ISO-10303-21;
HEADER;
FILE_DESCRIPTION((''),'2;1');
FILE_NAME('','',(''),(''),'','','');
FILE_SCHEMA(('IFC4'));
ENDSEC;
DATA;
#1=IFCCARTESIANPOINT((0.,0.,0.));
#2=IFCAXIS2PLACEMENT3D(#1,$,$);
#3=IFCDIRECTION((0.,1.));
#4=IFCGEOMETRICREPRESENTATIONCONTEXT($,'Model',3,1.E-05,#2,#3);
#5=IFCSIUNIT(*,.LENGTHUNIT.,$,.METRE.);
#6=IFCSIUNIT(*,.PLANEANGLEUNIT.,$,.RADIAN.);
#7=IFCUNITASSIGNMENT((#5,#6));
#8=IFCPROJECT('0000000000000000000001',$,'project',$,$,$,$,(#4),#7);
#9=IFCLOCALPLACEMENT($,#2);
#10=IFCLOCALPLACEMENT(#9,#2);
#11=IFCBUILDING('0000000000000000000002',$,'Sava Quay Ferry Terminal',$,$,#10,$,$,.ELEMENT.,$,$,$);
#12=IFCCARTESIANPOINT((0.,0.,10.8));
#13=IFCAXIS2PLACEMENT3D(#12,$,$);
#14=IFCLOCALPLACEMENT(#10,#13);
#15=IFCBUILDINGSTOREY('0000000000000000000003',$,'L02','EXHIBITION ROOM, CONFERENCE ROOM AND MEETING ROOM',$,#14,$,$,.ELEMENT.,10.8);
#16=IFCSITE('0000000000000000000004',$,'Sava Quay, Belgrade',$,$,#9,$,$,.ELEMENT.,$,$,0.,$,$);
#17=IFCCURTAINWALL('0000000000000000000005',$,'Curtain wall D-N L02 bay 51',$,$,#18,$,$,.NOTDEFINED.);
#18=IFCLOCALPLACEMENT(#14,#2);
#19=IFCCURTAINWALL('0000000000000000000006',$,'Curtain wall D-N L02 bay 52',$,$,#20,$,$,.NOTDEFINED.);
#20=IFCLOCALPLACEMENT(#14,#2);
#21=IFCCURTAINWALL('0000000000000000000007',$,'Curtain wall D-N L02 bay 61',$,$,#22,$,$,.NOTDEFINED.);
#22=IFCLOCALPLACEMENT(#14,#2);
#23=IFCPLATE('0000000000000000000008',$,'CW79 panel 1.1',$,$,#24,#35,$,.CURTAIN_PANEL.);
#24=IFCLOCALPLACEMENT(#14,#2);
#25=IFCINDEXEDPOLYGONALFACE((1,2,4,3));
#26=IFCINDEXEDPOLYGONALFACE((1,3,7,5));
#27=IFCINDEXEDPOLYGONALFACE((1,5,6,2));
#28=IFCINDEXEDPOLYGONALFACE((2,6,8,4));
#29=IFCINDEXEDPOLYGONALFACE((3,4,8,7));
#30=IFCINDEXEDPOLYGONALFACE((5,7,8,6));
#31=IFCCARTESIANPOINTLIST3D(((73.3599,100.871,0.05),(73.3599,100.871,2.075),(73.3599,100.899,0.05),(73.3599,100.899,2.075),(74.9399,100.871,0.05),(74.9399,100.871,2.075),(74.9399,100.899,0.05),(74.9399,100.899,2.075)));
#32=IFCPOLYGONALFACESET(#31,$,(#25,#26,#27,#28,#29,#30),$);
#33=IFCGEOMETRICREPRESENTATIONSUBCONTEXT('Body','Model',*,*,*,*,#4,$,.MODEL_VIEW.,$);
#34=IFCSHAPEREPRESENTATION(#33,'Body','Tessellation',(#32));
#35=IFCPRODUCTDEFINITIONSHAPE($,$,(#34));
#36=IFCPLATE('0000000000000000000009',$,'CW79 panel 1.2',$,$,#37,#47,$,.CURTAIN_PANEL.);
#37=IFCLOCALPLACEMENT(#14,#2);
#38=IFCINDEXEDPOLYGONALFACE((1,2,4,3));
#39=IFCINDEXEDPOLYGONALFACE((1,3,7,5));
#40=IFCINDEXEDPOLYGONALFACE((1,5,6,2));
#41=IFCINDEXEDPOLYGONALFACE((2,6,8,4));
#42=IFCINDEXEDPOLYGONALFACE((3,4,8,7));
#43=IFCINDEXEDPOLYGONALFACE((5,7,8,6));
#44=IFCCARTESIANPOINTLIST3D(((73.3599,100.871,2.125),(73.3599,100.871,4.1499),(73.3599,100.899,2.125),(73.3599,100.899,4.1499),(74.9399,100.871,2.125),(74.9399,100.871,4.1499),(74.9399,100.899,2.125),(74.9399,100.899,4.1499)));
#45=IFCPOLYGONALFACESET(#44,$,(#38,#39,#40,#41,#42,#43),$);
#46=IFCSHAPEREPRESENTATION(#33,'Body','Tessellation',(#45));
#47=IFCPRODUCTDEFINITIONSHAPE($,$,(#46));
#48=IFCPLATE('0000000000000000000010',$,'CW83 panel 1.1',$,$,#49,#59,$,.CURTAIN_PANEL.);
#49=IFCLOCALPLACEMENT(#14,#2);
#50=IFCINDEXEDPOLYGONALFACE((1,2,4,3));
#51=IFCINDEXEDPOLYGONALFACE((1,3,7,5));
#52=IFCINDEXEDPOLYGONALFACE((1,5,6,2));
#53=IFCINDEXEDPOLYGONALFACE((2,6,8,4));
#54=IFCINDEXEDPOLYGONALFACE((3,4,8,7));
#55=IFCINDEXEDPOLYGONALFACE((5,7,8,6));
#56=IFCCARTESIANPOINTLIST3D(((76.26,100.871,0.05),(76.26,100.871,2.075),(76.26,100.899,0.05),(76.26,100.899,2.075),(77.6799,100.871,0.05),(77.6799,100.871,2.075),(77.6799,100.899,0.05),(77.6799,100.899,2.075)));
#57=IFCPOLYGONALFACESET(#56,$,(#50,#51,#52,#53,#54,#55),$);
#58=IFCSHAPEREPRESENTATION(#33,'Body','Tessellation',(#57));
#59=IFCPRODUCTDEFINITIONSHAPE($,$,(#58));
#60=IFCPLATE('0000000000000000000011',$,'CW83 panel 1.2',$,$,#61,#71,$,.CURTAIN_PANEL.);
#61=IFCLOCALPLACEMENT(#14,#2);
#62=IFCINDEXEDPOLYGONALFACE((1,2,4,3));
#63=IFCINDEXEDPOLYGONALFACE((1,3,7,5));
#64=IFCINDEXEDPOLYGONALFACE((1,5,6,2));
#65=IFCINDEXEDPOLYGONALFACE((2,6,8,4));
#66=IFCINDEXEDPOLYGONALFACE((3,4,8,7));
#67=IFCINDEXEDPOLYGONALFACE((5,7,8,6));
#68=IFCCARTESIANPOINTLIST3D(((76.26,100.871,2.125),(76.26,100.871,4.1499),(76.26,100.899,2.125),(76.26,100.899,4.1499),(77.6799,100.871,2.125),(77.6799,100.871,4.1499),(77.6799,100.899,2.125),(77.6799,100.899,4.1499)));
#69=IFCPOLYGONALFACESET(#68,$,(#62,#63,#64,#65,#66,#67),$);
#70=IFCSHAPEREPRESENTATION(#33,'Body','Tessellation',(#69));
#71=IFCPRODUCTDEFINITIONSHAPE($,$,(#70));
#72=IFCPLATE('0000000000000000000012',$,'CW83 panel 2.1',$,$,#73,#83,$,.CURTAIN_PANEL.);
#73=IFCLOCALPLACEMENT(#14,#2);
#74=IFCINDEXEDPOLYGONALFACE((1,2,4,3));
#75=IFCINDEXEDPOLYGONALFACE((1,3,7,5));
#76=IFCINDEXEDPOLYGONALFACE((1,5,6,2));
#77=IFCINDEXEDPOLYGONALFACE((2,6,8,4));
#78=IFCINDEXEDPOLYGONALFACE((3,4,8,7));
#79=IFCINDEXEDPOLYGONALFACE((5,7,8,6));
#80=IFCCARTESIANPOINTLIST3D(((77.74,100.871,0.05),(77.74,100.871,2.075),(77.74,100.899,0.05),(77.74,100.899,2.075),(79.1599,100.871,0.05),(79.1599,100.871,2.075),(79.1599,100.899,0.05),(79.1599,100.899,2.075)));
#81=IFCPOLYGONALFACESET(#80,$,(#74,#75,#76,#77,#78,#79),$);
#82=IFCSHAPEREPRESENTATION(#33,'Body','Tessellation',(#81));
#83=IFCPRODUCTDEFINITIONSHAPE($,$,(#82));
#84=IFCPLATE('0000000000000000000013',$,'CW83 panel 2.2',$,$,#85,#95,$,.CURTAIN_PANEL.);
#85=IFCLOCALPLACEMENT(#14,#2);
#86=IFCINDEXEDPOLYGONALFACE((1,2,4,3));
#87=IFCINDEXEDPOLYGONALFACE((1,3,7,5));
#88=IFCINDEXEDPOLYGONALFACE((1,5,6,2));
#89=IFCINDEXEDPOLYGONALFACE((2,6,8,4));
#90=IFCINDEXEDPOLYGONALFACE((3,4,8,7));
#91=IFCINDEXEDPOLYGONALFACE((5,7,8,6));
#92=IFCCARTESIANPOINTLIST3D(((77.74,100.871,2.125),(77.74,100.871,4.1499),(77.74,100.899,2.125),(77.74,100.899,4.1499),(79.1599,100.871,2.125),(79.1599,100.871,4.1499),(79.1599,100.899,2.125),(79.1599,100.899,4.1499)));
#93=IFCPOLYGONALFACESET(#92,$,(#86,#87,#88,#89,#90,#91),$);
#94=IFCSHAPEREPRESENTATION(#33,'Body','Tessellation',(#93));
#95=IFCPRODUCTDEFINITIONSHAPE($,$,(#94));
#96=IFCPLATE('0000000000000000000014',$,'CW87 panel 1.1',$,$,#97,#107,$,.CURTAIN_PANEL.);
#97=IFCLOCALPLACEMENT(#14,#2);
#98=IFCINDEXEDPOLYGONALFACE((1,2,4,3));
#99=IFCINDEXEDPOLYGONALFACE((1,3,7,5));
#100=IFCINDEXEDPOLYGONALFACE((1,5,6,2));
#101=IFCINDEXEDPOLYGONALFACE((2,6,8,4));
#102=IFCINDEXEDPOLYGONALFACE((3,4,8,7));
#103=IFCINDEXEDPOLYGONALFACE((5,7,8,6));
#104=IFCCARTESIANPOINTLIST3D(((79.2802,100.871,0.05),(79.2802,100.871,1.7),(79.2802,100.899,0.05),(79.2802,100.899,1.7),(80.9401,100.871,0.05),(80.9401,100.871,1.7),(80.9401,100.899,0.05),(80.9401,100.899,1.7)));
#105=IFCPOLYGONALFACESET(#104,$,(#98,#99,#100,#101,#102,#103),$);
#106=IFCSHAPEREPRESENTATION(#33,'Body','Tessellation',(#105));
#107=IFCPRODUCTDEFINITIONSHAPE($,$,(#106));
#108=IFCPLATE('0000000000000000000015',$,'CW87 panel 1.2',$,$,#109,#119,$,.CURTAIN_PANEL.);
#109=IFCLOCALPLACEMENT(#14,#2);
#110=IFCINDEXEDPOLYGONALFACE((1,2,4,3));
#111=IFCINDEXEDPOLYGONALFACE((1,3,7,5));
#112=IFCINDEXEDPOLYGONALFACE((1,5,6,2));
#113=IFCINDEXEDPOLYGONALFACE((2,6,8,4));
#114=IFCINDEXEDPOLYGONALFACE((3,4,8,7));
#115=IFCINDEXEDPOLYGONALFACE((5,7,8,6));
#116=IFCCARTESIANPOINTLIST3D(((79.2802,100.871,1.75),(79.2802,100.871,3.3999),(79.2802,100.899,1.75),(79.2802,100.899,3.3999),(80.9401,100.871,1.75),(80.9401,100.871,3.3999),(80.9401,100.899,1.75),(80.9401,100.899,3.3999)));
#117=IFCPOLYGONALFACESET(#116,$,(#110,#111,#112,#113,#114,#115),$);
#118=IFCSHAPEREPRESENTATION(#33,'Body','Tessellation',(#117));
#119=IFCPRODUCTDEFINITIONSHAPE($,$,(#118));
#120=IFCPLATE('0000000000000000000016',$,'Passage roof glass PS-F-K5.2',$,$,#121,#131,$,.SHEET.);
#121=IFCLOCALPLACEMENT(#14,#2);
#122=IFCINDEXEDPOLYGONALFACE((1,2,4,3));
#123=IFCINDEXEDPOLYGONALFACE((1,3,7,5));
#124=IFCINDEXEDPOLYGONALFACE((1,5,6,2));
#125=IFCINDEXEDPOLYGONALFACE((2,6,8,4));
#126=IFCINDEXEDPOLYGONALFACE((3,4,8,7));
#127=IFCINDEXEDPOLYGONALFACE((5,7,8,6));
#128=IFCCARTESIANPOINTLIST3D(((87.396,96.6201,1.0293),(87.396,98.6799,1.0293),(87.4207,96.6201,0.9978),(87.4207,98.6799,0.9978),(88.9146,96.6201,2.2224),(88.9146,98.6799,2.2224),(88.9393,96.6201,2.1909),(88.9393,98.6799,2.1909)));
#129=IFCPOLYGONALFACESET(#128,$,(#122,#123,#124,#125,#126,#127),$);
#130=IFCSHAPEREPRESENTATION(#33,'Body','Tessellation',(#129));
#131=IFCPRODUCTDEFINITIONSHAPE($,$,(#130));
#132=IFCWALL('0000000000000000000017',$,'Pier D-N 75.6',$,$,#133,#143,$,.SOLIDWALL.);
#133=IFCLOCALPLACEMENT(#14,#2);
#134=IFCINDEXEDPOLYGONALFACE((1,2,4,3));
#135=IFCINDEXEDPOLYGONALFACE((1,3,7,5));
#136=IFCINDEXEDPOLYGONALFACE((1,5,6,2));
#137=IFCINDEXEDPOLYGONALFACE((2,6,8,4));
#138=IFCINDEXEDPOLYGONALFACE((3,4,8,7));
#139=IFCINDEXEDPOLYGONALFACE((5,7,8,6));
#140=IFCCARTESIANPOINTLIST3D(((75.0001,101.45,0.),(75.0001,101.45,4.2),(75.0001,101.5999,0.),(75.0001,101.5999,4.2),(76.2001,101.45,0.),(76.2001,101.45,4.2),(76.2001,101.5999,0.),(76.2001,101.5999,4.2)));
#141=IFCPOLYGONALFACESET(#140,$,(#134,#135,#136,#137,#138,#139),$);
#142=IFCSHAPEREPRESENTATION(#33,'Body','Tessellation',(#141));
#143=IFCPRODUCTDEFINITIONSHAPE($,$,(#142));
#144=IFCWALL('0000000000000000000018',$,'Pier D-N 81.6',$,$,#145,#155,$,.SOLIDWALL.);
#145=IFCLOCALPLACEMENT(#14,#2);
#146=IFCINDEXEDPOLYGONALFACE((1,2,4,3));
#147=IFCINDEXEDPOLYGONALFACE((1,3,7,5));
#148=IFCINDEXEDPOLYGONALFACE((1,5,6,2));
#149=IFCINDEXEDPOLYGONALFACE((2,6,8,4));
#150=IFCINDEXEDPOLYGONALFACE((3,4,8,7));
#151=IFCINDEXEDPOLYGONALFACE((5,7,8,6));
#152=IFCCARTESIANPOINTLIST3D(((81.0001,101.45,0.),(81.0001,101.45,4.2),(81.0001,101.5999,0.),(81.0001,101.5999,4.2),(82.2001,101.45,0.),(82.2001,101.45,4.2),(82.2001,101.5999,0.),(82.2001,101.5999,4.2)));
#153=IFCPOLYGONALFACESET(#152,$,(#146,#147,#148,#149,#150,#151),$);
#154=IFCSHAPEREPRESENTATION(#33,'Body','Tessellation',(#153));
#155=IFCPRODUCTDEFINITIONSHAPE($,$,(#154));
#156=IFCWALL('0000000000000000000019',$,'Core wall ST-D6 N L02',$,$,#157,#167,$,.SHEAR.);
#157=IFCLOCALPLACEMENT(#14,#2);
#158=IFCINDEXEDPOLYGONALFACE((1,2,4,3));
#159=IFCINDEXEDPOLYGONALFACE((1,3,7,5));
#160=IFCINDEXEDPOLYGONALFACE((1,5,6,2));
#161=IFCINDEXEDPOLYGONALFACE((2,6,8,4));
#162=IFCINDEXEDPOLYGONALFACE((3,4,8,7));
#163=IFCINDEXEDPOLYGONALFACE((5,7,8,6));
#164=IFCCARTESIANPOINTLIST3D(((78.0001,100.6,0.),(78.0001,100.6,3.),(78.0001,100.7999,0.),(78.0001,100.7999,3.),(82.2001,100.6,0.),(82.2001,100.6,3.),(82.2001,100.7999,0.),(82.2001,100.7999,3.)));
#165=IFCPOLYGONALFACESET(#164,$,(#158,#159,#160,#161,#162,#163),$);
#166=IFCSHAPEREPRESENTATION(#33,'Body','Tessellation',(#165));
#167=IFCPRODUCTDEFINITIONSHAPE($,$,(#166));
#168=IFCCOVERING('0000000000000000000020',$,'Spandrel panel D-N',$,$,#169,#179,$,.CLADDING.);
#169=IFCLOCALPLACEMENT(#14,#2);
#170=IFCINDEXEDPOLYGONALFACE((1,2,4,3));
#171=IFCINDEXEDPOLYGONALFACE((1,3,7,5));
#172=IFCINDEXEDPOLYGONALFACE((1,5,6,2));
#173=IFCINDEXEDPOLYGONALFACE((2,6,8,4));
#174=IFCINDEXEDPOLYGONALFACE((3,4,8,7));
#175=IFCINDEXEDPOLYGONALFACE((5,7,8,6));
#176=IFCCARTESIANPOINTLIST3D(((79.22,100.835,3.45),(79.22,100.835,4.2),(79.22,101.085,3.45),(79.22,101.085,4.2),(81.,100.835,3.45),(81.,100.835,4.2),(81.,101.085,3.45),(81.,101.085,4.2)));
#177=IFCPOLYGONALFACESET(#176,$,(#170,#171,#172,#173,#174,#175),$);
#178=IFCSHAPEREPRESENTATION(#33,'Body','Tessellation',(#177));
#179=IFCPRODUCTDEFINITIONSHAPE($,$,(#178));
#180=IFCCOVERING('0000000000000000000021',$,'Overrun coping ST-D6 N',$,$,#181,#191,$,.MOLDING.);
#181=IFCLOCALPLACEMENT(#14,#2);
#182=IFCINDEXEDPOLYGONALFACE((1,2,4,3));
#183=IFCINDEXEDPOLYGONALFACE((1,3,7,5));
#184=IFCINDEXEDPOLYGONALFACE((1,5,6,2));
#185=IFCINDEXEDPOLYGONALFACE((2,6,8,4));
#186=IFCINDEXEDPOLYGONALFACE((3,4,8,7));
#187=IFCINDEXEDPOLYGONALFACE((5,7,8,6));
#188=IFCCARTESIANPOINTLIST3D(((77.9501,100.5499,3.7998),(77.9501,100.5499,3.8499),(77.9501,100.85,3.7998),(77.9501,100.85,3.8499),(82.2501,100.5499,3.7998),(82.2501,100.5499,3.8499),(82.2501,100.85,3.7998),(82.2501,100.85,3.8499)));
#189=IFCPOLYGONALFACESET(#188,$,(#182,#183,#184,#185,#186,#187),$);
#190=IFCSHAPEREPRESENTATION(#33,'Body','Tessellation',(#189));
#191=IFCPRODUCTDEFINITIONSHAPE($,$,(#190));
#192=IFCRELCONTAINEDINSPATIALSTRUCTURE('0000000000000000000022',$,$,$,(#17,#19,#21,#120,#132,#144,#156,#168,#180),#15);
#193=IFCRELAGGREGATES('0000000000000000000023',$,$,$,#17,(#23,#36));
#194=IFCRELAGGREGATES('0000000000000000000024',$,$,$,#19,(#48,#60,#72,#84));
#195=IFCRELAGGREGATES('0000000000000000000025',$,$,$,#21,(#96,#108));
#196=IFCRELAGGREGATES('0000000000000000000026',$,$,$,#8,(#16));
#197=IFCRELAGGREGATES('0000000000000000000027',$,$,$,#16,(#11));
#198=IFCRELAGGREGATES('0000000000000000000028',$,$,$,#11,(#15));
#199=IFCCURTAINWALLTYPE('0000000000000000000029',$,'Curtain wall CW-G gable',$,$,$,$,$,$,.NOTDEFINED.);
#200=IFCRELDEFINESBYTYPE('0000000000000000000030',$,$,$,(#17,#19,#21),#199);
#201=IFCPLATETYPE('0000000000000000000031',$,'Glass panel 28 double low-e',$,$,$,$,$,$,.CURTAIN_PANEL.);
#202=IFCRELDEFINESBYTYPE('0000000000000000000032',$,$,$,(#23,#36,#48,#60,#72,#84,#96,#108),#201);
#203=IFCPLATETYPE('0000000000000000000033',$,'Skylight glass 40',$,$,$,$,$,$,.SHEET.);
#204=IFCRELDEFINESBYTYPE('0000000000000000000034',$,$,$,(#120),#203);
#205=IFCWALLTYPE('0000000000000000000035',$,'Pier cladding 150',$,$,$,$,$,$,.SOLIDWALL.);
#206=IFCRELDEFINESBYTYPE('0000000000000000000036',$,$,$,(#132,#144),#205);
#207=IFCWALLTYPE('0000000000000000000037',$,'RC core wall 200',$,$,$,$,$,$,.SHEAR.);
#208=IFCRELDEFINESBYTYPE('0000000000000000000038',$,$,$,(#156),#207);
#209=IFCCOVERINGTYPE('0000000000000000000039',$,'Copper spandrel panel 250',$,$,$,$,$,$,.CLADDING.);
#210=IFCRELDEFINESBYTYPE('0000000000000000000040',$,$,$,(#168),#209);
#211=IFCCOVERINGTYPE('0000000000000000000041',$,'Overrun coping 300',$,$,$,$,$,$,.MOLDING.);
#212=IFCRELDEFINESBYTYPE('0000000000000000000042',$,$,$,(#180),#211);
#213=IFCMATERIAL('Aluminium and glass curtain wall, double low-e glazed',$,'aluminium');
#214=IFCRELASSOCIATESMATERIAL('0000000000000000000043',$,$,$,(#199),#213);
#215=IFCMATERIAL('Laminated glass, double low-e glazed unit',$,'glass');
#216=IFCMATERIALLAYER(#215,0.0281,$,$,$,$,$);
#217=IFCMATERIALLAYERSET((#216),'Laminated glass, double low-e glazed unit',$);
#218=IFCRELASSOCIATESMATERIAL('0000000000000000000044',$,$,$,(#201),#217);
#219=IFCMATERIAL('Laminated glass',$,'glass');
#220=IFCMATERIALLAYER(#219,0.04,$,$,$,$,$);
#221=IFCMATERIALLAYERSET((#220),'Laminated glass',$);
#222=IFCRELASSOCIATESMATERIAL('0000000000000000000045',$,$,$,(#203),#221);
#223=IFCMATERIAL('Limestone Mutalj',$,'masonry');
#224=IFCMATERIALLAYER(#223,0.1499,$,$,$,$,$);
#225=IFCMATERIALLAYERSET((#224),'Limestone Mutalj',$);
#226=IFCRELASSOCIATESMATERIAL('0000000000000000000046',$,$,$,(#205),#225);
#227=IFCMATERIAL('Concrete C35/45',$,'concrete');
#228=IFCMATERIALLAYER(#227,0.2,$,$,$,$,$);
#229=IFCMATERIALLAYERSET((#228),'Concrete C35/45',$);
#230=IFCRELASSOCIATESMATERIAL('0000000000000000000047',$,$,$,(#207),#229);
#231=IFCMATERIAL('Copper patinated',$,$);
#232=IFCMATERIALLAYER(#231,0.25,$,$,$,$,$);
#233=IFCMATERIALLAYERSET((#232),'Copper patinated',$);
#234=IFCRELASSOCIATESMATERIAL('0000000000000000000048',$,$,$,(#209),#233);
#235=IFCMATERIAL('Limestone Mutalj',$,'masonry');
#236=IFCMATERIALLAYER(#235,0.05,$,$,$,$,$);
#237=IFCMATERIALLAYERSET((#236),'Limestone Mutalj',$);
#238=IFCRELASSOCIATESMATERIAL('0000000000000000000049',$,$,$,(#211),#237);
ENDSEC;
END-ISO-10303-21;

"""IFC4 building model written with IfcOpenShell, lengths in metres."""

from ifc_helpers import new_model, si_unit, direction, frame, frame_2d, origin, origin_2d, place, context, subcontext, project, spatial, polyline, rectangle, outline, extrude, material, layer, layer_set, type_object, element, aggregate, save


model = new_model("IFC4")

# Units and contexts
model_context = context("Model", 3, precision=1e-05, world=origin(), true_north=direction((0.0, 1.0)))
body_context = subcontext(model_context, "Body", "Model", "MODEL_VIEW")
ifc_project = project(units=[si_unit("LENGTHUNIT", "METRE"), si_unit("PLANEANGLEUNIT", "RADIAN")], contexts=[model_context])

# Site, building, storey
site_placement = place(None, origin())
site = spatial("IfcSite", under=ifc_project, at=site_placement, Name="Sava Quay, Belgrade", CompositionType="ELEMENT", RefElevation=0.0)
building_placement = place(site_placement, origin())
building = spatial("IfcBuilding", under=site, at=building_placement, Name="Sava Quay Ferry Terminal", CompositionType="ELEMENT")
storey_placement = place(building_placement, frame((0.0, 0.0, 10.8)))
storey = spatial("IfcBuildingStorey", under=building, at=storey_placement, Name="L02", Description="EXHIBITION ROOM, CONFERENCE ROOM AND MEETING ROOM", CompositionType="ELEMENT", Elevation=10.8)

# Curtain wall
ifc_material_1 = material(Name="Aluminium and glass curtain wall, double low-e glazed", Category="aluminium")
curtain_wall_type = type_object("IfcCurtainWallType", Name="Curtain wall CW-G gable", PredefinedType="NOTDEFINED", material=ifc_material_1)
curtain_wall_1_placement = place(storey_placement, origin())
curtain_wall_1 = element("IfcCurtainWall", 1, at=curtain_wall_1_placement, inside=storey, type_object=curtain_wall_type, Name="Curtain wall D-N L02 bay 51", PredefinedType="NOTDEFINED")

# Curtain walls
curtain_wall_2_placement = place(storey_placement, origin())
curtain_wall_2 = element("IfcCurtainWall", 2, at=curtain_wall_2_placement, inside=storey, type_object=curtain_wall_type, Name="Curtain wall D-N L02 bay 52", PredefinedType="NOTDEFINED")
curtain_wall_3_placement = place(storey_placement, origin())
curtain_wall_3 = element("IfcCurtainWall", 3, at=curtain_wall_3_placement, inside=storey, type_object=curtain_wall_type, Name="Curtain wall D-N L02 bay 61", PredefinedType="NOTDEFINED")

# Plates
ifc_material_2 = material(Name="Laminated glass, double low-e glazed unit", Category="glass")
ifc_layer_1 = layer(ifc_material_2, 0.0281)
ifc_layer_set_1 = layer_set([ifc_layer_1], Name="Laminated glass, double low-e glazed unit")
plate_type_1 = type_object("IfcPlateType", Name="Glass panel 28 double low-e", PredefinedType="CURTAIN_PANEL", material=ifc_layer_set_1)
plate_1_placement = place(storey_placement, frame((74.1499, 100.885, 0.05), z_axis=(0.0, 0.0, 1.0), x_axis=(1.0, 0.0, 0.0)))
plate_1 = element("IfcPlate", 4, at=plate_1_placement, type_object=plate_type_1, Name="CW79 panel 1.1", PredefinedType="CURTAIN_PANEL", context=body_context, shape_type="SweptSolid", body=[
    extrude(rectangle(XDim=1.5801, YDim=0.0281, at=origin_2d()), origin(), (0.0, 0.0, 1.0), 2.0249),
])
plate_2_placement = place(storey_placement, frame((74.1499, 100.885, 2.125), z_axis=(0.0, 0.0, 1.0), x_axis=(1.0, 0.0, 0.0)))
plate_2 = element("IfcPlate", 5, at=plate_2_placement, type_object=plate_type_1, Name="CW79 panel 1.2", PredefinedType="CURTAIN_PANEL", context=body_context, shape_type="SweptSolid", body=[
    extrude(rectangle(XDim=1.5801, YDim=0.0281, at=origin_2d()), origin(), (0.0, 0.0, 1.0), 2.0249),
])
aggregate(curtain_wall_1, [plate_1, plate_2])
plate_3_placement = place(storey_placement, frame((76.97, 100.885, 0.05), z_axis=(0.0, 0.0, 1.0), x_axis=(1.0, 0.0, 0.0)))
plate_3 = element("IfcPlate", 6, at=plate_3_placement, type_object=plate_type_1, Name="CW83 panel 1.1", PredefinedType="CURTAIN_PANEL", context=body_context, shape_type="SweptSolid", body=[
    extrude(rectangle(XDim=1.4199, YDim=0.0281, at=origin_2d()), origin(), (0.0, 0.0, 1.0), 2.0249),
])
plate_4_placement = place(storey_placement, frame((76.97, 100.885, 2.125), z_axis=(0.0, 0.0, 1.0), x_axis=(1.0, 0.0, 0.0)))
plate_4 = element("IfcPlate", 7, at=plate_4_placement, type_object=plate_type_1, Name="CW83 panel 1.2", PredefinedType="CURTAIN_PANEL", context=body_context, shape_type="SweptSolid", body=[
    extrude(rectangle(XDim=1.4199, YDim=0.0281, at=origin_2d()), origin(), (0.0, 0.0, 1.0), 2.0249),
])
plate_5_placement = place(storey_placement, frame((78.45, 100.885, 0.05), z_axis=(0.0, 0.0, 1.0), x_axis=(1.0, 0.0, 0.0)))
plate_5 = element("IfcPlate", 8, at=plate_5_placement, type_object=plate_type_1, Name="CW83 panel 2.1", PredefinedType="CURTAIN_PANEL", context=body_context, shape_type="SweptSolid", body=[
    extrude(rectangle(XDim=1.4199, YDim=0.0281, at=origin_2d()), origin(), (0.0, 0.0, 1.0), 2.0249),
])
plate_6_placement = place(storey_placement, frame((78.45, 100.885, 2.125), z_axis=(0.0, 0.0, 1.0), x_axis=(1.0, 0.0, 0.0)))
plate_6 = element("IfcPlate", 9, at=plate_6_placement, type_object=plate_type_1, Name="CW83 panel 2.2", PredefinedType="CURTAIN_PANEL", context=body_context, shape_type="SweptSolid", body=[
    extrude(rectangle(XDim=1.4199, YDim=0.0281, at=origin_2d()), origin(), (0.0, 0.0, 1.0), 2.0249),
])
aggregate(curtain_wall_2, [plate_3, plate_4, plate_5, plate_6])
plate_7_placement = place(storey_placement, frame((80.1101, 100.885, 0.05), z_axis=(0.0, 0.0, 1.0), x_axis=(1.0, 0.0, 0.0)))
plate_7 = element("IfcPlate", 10, at=plate_7_placement, type_object=plate_type_1, Name="CW87 panel 1.1", PredefinedType="CURTAIN_PANEL", context=body_context, shape_type="SweptSolid", body=[
    extrude(rectangle(XDim=1.6599, YDim=0.0281, at=origin_2d()), origin(), (0.0, 0.0, 1.0), 1.6499),
])
plate_8_placement = place(storey_placement, frame((80.1101, 100.885, 1.75), z_axis=(0.0, 0.0, 1.0), x_axis=(1.0, 0.0, 0.0)))
plate_8 = element("IfcPlate", 11, at=plate_8_placement, type_object=plate_type_1, Name="CW87 panel 1.2", PredefinedType="CURTAIN_PANEL", context=body_context, shape_type="SweptSolid", body=[
    extrude(rectangle(XDim=1.6599, YDim=0.0281, at=origin_2d()), origin(), (0.0, 0.0, 1.0), 1.6499),
])
aggregate(curtain_wall_3, [plate_7, plate_8])
ifc_material_3 = material(Name="Laminated glass", Category="glass")
ifc_layer_2 = layer(ifc_material_3, 0.04)
ifc_layer_set_2 = layer_set([ifc_layer_2], Name="Laminated glass")
plate_type_2 = type_object("IfcPlateType", Name="Skylight glass 40", PredefinedType="SHEET", material=ifc_layer_set_2)
plate_9_placement = place(storey_placement, frame((87.396, 98.6799, 1.0293), z_axis=(-0.61781, 0.0, 0.786327), x_axis=(0.786327, 0.0, 0.61781)))
element("IfcPlate", 12, at=plate_9_placement, inside=storey, type_object=plate_type_2, Name="Passage roof glass PS-F-K5.2", PredefinedType="SHEET", context=body_context, shape_type="SweptSolid", body=[
    extrude(outline(polyline([(0.0, 0.0), (1.9312, 0.0), (1.9312, -2.0598), (0.0, -2.0598), (0.0, 0.0)])), origin(), (0.0, 0.0, -1.0), 0.04),
])

# Walls
ifc_material_4 = material(Name="Limestone Mutalj", Category="masonry")
ifc_layer_3 = layer(ifc_material_4, 0.1499)
ifc_layer_set_3 = layer_set([ifc_layer_3], Name="Limestone Mutalj")
wall_type_1 = type_object("IfcWallType", Name="Pier cladding 150", PredefinedType="SOLIDWALL", material=ifc_layer_set_3)
for number, where, z_axis, x_axis, name in (
    (13, (75.0, 101.5249, 0.0), (0.0, 0.0, 1.0), (1.0, 0.0, 0.0), "Pier D-N 75.6"),
    (14, (81.0, 101.5249, 0.0), (0.0, 0.0, 1.0), (1.0, 0.0, 0.0), "Pier D-N 81.6"),
):
    element("IfcWall", number, at=place(storey_placement, frame(where, z_axis=z_axis, x_axis=x_axis)), inside=storey, type_object=wall_type_1, Name=name, PredefinedType="SOLIDWALL", context=body_context, shape_type="SweptSolid", body=[
        extrude(rectangle(XDim=1.2, YDim=0.1499, at=frame_2d((0.6001, 0.0))), origin(), (0.0, 0.0, 1.0), 4.2),
    ])
ifc_material_5 = material(Name="Concrete C35/45", Category="concrete")
ifc_layer_4 = layer(ifc_material_5, 0.2)
ifc_layer_set_4 = layer_set([ifc_layer_4], Name="Concrete C35/45")
wall_type_2 = type_object("IfcWallType", Name="RC core wall 200", PredefinedType="SHEAR", material=ifc_layer_set_4)
wall_placement = place(storey_placement, frame((78.0, 100.7, 0.0), z_axis=(0.0, 0.0, 1.0), x_axis=(1.0, 0.0, 0.0)))
element("IfcWall", 15, at=wall_placement, inside=storey, type_object=wall_type_2, Name="Core wall ST-D6 N L02", PredefinedType="SHEAR", context=body_context, shape_type="SweptSolid", body=[
    extrude(rectangle(XDim=4.2, YDim=0.2, at=frame_2d((2.1001, 0.0))), origin(), (0.0, 0.0, 1.0), 3.0),
])

# Coverings
ifc_material_6 = material(Name="Copper patinated")
ifc_layer_5 = layer(ifc_material_6, 0.25)
ifc_layer_set_5 = layer_set([ifc_layer_5], Name="Copper patinated")
covering_type_1 = type_object("IfcCoveringType", Name="Copper spandrel panel 250", PredefinedType="CLADDING", material=ifc_layer_set_5)
covering_1_placement = place(storey_placement, frame((79.22, 100.96, 3.45), z_axis=(0.0, 0.0, 1.0), x_axis=(1.0, 0.0, 0.0)))
element("IfcCovering", 16, at=covering_1_placement, inside=storey, type_object=covering_type_1, Name="Spandrel panel D-N", PredefinedType="CLADDING", context=body_context, shape_type="SweptSolid", body=[
    extrude(outline(polyline([(0.0, 0.0), (1.78, 0.0), (1.78, 0.75), (0.0, 0.75), (0.0, 0.0)])), frame((0.0, 0.125, 0.0), z_axis=(0.0, -1.0, 0.0), x_axis=(1.0, 0.0, 0.0)), (0.0, 0.0, 1.0), 0.25),
])
ifc_material_7 = material(Name="Limestone Mutalj", Category="masonry")
ifc_layer_6 = layer(ifc_material_7, 0.05)
ifc_layer_set_6 = layer_set([ifc_layer_6], Name="Limestone Mutalj")
covering_type_2 = type_object("IfcCoveringType", Name="Overrun coping 300", PredefinedType="MOLDING", material=ifc_layer_set_6)
covering_2_placement = place(storey_placement, frame((80.1001, 100.7, 3.7998), z_axis=(0.0, 0.0, 1.0), x_axis=(1.0, 0.0, 0.0)))
element("IfcCovering", 17, at=covering_2_placement, inside=storey, type_object=covering_type_2, Name="Overrun coping ST-D6 N", PredefinedType="MOLDING", context=body_context, shape_type="SweptSolid", body=[
    extrude(rectangle(XDim=4.3, YDim=0.3, at=origin_2d()), origin(), (0.0, 0.0, 1.0), 0.05),
])

save(model, "model.ifc")
